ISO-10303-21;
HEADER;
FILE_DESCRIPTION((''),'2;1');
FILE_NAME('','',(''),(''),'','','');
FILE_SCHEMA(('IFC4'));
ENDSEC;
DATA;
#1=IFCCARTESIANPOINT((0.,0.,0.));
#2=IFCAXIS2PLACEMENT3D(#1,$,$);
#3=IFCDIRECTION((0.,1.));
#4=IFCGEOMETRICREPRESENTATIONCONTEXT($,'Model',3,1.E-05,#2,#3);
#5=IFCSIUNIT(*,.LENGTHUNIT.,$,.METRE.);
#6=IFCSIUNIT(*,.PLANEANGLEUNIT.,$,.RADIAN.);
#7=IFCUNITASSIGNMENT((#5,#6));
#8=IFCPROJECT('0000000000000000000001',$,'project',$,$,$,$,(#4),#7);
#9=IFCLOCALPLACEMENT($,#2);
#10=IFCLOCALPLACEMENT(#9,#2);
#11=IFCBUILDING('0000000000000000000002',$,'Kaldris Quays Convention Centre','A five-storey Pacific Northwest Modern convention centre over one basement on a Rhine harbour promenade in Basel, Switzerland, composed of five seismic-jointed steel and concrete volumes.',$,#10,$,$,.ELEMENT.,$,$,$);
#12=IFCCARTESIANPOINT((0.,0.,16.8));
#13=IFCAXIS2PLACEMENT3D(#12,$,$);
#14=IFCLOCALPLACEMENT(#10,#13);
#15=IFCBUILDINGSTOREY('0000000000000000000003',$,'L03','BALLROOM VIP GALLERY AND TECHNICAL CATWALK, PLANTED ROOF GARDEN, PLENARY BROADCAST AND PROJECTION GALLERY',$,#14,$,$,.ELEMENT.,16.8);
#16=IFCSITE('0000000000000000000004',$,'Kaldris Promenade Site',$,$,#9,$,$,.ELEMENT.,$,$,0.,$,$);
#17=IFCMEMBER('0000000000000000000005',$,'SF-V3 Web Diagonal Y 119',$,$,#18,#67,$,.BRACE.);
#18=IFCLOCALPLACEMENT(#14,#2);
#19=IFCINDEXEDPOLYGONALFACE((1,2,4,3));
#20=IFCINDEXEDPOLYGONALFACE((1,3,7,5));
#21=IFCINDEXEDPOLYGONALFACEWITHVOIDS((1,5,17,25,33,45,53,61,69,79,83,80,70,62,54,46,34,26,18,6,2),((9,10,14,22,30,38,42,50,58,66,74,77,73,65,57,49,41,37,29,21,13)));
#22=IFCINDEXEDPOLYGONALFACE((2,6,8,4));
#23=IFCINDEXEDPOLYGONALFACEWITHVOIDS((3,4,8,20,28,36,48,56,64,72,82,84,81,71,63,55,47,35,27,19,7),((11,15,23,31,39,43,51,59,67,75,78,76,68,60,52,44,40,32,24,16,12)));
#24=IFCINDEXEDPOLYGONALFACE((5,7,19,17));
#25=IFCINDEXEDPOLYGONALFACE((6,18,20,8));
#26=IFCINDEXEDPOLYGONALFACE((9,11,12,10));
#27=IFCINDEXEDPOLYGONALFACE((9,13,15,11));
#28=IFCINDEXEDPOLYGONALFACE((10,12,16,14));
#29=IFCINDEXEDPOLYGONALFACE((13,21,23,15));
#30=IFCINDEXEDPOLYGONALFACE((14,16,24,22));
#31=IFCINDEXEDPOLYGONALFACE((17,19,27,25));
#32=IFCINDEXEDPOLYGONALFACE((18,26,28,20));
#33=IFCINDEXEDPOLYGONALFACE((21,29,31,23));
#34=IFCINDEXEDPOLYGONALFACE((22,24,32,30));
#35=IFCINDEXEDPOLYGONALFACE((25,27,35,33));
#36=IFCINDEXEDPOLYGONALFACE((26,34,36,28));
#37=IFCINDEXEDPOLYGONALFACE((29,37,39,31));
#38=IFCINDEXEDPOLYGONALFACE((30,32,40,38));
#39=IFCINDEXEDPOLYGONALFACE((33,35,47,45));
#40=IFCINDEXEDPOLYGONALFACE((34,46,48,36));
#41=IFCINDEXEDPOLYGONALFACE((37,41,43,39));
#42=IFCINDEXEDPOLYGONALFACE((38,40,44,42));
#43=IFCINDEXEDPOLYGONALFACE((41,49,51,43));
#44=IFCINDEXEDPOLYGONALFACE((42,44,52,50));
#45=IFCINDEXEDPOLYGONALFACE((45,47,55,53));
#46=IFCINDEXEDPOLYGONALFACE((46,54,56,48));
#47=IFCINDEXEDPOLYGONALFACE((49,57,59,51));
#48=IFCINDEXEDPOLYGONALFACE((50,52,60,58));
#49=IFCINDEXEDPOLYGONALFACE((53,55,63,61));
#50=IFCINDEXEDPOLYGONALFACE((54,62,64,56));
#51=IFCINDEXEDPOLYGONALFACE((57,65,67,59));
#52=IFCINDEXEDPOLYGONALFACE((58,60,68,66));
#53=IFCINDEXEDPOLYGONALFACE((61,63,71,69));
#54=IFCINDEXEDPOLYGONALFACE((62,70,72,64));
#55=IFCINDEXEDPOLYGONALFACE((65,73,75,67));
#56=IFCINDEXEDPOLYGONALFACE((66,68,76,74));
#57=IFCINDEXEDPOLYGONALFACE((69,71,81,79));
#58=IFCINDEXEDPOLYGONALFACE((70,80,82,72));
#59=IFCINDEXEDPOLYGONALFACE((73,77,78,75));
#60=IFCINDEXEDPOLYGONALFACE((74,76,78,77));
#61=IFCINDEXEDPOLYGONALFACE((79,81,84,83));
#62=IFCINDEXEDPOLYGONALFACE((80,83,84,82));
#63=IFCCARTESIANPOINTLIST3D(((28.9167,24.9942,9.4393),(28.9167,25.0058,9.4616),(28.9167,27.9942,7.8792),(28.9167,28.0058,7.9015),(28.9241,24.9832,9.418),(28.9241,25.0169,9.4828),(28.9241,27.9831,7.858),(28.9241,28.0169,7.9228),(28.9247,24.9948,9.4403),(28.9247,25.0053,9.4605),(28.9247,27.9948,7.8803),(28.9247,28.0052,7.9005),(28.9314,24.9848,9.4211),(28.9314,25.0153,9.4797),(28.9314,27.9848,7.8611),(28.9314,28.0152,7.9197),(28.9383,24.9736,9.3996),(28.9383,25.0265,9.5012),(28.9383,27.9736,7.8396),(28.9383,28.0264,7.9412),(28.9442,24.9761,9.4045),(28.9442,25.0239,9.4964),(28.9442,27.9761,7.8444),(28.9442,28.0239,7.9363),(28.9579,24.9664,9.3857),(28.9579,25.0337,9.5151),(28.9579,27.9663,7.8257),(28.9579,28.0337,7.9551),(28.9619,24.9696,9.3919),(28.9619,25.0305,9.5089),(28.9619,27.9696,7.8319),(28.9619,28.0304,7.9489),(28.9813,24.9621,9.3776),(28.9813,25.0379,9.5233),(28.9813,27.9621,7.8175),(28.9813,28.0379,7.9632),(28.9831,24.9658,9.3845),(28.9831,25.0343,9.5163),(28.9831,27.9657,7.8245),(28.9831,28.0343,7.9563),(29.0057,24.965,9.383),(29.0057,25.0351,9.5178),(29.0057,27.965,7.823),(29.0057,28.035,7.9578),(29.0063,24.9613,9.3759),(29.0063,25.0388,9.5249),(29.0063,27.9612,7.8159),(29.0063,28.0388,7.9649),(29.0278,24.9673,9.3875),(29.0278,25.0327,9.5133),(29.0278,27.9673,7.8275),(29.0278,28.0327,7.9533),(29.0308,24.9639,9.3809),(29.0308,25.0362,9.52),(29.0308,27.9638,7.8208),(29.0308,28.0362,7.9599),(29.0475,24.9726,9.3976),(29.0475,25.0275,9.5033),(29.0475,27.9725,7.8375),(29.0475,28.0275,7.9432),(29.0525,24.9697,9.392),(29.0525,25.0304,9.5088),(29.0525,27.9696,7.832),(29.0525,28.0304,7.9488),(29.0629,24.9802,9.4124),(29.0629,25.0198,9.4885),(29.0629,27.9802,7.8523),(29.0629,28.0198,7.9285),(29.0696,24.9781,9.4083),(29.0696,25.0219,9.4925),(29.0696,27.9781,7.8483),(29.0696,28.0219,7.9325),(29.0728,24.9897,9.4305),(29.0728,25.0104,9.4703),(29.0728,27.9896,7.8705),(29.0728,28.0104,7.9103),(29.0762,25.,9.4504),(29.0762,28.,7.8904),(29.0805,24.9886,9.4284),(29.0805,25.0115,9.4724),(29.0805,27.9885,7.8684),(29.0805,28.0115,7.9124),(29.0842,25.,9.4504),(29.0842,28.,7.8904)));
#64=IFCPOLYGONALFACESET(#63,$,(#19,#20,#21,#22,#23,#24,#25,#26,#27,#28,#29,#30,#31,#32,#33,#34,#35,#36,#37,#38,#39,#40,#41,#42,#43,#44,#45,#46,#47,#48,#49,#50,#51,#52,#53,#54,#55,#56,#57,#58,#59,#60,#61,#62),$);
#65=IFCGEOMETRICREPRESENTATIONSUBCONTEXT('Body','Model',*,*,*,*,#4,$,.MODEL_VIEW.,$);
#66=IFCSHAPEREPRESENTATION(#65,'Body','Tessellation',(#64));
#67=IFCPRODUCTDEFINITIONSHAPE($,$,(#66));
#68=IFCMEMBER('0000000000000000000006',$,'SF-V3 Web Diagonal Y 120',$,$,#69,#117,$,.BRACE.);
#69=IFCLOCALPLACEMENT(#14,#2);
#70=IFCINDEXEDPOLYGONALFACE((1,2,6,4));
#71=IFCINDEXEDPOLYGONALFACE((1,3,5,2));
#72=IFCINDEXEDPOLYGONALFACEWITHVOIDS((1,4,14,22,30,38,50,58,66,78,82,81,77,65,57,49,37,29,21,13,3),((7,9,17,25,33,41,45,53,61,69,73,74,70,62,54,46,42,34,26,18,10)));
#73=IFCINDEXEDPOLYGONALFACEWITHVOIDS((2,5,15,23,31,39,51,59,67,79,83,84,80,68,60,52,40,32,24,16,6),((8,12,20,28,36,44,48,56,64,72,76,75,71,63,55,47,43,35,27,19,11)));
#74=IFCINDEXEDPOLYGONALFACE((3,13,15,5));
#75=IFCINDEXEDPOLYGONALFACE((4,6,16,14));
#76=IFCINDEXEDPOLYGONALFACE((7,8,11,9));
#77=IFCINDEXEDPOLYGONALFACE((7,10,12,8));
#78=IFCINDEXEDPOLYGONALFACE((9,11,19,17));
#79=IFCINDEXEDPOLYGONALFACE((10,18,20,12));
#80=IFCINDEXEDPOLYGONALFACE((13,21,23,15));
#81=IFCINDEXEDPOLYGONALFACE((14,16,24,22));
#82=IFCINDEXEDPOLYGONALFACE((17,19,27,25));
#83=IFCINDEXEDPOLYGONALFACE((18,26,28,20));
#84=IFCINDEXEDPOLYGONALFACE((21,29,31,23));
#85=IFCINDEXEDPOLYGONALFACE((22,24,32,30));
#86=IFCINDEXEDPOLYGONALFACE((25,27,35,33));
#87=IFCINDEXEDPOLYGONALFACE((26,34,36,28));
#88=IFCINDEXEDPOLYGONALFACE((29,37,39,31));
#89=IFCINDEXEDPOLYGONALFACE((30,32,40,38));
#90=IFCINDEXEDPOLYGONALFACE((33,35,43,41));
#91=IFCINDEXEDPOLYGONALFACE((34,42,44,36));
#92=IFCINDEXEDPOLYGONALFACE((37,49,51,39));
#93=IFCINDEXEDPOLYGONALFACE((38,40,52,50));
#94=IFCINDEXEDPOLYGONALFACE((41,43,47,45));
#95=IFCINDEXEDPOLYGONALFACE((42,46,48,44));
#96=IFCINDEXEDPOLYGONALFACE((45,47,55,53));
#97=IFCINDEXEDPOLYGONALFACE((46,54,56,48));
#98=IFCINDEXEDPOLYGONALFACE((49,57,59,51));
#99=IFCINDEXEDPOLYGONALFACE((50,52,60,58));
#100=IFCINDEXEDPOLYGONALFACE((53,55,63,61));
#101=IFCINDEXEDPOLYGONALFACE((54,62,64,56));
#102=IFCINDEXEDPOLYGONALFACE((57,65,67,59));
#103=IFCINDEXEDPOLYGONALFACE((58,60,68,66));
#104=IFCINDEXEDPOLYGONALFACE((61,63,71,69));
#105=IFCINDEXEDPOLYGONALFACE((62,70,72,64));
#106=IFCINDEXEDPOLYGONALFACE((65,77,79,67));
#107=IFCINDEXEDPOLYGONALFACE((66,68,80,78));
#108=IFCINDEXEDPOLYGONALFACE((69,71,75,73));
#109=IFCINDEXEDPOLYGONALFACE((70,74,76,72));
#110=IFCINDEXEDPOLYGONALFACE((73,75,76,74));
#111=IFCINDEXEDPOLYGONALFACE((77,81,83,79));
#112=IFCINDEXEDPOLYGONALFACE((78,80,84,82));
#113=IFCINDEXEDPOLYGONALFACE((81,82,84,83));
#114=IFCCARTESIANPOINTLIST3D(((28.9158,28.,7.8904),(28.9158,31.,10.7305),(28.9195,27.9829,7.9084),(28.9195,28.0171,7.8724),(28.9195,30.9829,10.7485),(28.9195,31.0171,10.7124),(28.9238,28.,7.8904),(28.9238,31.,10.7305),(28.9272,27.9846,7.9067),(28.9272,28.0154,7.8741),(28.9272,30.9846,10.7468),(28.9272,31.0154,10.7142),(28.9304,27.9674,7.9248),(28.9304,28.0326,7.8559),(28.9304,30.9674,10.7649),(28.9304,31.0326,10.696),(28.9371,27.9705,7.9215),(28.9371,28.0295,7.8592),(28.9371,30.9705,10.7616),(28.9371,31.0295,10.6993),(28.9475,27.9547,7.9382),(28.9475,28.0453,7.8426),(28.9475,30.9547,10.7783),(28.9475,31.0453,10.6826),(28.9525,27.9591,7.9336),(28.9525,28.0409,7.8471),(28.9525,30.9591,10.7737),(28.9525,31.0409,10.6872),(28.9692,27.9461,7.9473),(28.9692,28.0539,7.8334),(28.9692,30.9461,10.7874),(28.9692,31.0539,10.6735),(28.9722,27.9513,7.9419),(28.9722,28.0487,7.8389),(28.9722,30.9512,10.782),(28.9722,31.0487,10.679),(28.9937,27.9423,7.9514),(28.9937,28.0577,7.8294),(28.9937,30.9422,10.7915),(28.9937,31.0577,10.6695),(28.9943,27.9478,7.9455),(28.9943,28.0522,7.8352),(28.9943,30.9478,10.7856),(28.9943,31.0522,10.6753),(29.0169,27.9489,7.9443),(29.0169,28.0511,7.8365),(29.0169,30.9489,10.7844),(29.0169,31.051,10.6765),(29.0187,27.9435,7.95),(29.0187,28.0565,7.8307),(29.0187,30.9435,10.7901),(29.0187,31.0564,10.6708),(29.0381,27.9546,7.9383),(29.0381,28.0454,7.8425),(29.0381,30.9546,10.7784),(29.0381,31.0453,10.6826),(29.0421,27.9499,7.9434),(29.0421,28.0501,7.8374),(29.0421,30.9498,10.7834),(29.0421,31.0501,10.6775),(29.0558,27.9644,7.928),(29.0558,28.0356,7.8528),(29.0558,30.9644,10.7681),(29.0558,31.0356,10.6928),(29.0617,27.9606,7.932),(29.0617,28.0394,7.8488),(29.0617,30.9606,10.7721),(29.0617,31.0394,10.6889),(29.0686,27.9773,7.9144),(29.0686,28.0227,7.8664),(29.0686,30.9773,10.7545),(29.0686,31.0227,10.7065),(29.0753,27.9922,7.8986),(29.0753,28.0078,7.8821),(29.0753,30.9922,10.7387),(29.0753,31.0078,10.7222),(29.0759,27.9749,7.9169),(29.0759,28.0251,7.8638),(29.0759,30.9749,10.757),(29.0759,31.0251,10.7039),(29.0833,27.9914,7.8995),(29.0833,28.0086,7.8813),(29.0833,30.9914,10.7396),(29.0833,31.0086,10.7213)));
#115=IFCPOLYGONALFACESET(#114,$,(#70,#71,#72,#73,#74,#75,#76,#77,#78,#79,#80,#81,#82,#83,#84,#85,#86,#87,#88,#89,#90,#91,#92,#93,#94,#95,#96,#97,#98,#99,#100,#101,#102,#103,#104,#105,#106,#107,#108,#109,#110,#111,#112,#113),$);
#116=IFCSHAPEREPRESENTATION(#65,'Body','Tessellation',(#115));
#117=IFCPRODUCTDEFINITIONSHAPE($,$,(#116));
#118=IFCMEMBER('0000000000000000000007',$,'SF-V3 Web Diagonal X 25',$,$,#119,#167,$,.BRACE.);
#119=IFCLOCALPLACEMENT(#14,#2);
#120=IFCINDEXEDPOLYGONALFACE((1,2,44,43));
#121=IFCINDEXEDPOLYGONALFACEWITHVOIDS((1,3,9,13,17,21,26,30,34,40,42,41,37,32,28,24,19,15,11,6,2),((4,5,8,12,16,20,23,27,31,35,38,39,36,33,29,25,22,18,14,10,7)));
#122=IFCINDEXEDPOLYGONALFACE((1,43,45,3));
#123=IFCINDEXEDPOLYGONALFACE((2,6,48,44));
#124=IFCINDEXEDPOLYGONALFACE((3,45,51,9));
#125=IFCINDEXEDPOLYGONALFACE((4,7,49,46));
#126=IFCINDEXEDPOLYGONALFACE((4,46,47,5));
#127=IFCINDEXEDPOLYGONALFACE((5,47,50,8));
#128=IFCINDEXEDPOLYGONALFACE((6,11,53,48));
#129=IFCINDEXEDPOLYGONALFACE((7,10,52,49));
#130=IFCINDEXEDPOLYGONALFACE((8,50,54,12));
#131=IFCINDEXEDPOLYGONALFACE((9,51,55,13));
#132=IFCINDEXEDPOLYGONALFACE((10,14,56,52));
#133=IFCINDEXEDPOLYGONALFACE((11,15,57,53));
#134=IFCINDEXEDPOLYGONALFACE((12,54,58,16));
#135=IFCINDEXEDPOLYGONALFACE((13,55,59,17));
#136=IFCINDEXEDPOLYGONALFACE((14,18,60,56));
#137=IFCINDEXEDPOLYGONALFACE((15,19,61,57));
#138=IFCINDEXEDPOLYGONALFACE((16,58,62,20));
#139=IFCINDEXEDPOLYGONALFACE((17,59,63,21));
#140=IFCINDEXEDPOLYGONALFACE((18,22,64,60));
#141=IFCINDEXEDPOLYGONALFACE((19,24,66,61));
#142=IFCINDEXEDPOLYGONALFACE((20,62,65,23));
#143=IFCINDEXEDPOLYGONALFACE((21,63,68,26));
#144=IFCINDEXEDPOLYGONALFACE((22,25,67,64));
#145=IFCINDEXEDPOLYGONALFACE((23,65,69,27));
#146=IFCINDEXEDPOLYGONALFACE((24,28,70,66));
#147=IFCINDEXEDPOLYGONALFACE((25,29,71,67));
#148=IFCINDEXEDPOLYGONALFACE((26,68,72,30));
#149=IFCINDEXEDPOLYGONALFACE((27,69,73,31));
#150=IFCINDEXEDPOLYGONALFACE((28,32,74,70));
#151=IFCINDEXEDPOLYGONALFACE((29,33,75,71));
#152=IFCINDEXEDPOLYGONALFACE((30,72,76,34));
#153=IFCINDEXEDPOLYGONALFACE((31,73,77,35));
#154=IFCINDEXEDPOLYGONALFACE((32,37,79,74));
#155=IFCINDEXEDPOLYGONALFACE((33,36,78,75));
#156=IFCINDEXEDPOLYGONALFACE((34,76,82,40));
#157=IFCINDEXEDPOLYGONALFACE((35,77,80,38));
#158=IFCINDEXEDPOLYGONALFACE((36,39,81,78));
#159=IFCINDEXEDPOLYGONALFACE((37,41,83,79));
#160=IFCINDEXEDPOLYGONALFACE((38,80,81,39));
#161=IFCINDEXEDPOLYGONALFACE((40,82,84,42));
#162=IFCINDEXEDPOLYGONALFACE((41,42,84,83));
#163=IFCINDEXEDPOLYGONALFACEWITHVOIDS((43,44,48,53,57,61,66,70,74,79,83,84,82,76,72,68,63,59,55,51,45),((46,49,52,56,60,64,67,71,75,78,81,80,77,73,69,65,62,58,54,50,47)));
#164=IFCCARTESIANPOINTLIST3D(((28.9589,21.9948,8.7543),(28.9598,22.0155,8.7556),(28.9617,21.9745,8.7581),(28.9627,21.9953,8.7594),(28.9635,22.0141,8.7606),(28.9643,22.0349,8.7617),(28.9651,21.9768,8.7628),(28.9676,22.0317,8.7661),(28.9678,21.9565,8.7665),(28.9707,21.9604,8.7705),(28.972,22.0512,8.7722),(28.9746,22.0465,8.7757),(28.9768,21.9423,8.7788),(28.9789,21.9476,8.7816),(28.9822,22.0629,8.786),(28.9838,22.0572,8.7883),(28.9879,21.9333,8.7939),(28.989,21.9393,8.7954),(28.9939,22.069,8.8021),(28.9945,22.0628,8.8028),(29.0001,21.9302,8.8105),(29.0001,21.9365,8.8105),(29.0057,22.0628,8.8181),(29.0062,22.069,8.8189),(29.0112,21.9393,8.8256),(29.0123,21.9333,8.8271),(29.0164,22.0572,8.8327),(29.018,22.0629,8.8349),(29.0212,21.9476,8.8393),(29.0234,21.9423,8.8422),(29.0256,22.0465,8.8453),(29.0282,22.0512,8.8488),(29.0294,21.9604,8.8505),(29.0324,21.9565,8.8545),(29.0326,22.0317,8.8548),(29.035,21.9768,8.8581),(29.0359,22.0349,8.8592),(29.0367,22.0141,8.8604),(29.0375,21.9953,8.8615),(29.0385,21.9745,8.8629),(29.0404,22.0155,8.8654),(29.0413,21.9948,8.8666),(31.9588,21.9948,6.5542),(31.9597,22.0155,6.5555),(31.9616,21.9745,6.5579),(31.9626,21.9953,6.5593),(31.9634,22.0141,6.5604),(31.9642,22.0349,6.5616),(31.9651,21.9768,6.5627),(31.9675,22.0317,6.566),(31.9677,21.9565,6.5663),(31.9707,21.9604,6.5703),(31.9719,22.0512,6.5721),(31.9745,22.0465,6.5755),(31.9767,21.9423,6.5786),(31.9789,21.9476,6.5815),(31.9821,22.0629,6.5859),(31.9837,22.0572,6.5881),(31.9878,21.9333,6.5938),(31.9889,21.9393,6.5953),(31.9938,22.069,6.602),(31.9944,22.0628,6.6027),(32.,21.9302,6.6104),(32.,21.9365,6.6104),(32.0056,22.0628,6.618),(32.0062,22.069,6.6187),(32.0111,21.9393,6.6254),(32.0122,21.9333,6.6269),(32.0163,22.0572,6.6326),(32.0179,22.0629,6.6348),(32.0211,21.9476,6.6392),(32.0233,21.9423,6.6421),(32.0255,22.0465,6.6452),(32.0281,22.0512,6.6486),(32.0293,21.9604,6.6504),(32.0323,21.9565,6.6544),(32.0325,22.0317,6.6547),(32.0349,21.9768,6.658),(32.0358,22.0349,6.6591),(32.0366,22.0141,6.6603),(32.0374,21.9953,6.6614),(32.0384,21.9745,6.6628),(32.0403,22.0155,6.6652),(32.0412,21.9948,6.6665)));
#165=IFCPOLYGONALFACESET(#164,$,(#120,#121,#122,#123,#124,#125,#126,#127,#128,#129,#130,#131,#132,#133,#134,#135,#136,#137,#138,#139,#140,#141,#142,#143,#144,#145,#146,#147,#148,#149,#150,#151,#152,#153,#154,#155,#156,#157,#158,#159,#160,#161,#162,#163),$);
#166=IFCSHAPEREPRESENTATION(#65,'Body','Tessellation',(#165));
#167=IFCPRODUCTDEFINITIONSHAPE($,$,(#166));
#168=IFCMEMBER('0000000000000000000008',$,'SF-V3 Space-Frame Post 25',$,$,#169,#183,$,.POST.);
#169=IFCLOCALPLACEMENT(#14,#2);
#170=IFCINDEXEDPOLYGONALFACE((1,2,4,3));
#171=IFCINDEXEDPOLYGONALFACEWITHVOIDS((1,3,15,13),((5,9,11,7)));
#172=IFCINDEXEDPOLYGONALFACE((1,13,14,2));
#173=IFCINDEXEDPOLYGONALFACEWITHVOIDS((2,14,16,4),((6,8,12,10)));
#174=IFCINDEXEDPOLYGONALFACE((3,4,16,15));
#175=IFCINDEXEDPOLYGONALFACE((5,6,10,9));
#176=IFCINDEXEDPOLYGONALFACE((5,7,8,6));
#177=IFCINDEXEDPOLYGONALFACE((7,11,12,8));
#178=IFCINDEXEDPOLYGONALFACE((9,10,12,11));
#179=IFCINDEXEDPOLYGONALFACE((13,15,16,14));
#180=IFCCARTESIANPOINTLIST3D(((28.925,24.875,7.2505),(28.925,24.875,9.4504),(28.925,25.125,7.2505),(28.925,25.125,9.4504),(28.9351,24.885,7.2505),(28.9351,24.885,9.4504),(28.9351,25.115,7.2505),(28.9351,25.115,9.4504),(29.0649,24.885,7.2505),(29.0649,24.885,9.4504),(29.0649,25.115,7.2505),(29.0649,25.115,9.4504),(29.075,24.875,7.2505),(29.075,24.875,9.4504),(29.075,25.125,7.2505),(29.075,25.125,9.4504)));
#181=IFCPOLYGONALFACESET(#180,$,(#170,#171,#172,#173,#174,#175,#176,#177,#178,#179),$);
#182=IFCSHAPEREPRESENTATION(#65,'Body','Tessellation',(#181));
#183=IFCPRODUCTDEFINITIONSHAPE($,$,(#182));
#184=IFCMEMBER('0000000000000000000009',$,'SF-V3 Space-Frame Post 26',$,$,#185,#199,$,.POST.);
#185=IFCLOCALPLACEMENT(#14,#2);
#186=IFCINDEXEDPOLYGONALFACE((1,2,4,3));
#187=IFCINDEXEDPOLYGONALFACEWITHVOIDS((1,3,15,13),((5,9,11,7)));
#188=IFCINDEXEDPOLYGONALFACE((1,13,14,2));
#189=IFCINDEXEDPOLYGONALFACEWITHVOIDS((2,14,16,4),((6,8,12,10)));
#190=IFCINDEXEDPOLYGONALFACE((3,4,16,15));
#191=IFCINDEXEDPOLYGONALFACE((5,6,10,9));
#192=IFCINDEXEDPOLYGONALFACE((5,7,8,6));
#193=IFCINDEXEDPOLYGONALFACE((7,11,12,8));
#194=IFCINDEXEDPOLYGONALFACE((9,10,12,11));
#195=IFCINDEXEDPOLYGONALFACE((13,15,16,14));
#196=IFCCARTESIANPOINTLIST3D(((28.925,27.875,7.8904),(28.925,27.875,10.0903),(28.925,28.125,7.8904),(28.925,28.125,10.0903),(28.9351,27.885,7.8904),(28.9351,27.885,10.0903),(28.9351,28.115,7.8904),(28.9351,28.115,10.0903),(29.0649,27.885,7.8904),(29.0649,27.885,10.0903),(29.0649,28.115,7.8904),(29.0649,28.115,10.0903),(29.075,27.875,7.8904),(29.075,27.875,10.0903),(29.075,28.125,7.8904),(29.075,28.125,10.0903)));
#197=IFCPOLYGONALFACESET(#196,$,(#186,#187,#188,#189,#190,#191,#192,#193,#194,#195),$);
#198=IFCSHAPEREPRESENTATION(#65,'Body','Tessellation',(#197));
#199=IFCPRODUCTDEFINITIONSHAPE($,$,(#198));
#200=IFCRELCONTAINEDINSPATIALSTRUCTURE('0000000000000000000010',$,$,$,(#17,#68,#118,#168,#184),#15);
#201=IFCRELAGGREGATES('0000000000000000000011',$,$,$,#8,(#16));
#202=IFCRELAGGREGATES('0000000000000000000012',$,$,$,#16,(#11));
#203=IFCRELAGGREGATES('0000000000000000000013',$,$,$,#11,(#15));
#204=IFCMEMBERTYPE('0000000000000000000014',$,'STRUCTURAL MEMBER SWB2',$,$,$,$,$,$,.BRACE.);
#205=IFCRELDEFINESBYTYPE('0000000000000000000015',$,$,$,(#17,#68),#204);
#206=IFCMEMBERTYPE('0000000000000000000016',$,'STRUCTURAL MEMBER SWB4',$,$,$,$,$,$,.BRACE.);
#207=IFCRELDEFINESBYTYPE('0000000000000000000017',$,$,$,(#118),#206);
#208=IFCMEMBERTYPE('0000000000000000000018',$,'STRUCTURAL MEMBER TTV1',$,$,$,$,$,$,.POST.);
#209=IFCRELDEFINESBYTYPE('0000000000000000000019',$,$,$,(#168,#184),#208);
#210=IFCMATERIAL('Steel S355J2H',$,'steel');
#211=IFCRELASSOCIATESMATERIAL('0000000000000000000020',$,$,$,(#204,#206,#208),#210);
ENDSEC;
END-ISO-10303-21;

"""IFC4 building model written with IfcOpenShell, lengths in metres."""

from ifc_helpers import new_model, si_unit, direction, frame, origin, origin_2d, place, context, subcontext, project, spatial, hollow_rectangle, hollow_circle, extrude, material, material_profile, profile_set, type_object, element, save


model = new_model("IFC4")

# Units and contexts
model_context = context("Model", 3, precision=1e-05, world=origin(), true_north=direction((0.0, 1.0)))
body_context = subcontext(model_context, "Body", "Model", "MODEL_VIEW")
ifc_project = project(units=[si_unit("LENGTHUNIT", "METRE"), si_unit("PLANEANGLEUNIT", "RADIAN")], contexts=[model_context])

# Site, building, storey
site_placement = place(None, origin())
site = spatial("IfcSite", under=ifc_project, at=site_placement, Name="Kaldris Promenade Site", CompositionType="ELEMENT", RefElevation=0.0)
building_placement = place(site_placement, origin())
building = spatial("IfcBuilding", under=site, at=building_placement, Name="Kaldris Quays Convention Centre", Description="A five-storey Pacific Northwest Modern convention centre over one basement on a Rhine harbour promenade in Basel, Switzerland, composed of five seismic-jointed steel and concrete volumes.", CompositionType="ELEMENT")
storey_placement = place(building_placement, frame((0.0, 0.0, 16.8)))
storey = spatial("IfcBuildingStorey", under=building, at=storey_placement, Name="L03", Description="BALLROOM VIP GALLERY AND TECHNICAL CATWALK, PLANTED ROOF GARDEN, PLENARY BROADCAST AND PROJECTION GALLERY", CompositionType="ELEMENT", Elevation=16.8)

# Members
ifc_material_1 = material(Name="Steel S355J2H", Category="steel")
ifc_material_profile_1 = material_profile(ifc_material_1, hollow_circle(Radius=0.0842, WallThickness=0.0081, at=origin_2d()), Name="CHS 168.3x8")
ifc_profile_set_1 = profile_set([ifc_material_profile_1], Name="Steel S355J2H")
member_type_1 = type_object("IfcMemberType", Name="STRUCTURAL MEMBER SWB2", PredefinedType="BRACE", material=ifc_profile_set_1)
member_1_placement = place(storey_placement, frame((29.0, 28.0, 7.8904), z_axis=(0.0, -0.88721, 0.461366), x_axis=(1.0, 0.0, 0.0)))
element("IfcMember", 1, at=member_1_placement, inside=storey, type_object=member_type_1, Name="SF-V3 Web Diagonal Y 119", PredefinedType="BRACE", context=body_context, shape_type="SweptSolid", body=[
    extrude(hollow_circle(Radius=0.0842, WallThickness=0.0081, at=origin_2d()), origin(), (0.0, 0.0, 1.0), 3.3813),
])
member_2_placement = place(storey_placement, frame((29.0, 28.0, 7.8904), z_axis=(0.0, 0.726196, 0.687487), x_axis=(-1.0, 0.0, 0.0)))
element("IfcMember", 2, at=member_2_placement, inside=storey, type_object=member_type_1, Name="SF-V3 Web Diagonal Y 120", PredefinedType="BRACE", context=body_context, shape_type="SweptSolid", body=[
    extrude(hollow_circle(Radius=0.0842, WallThickness=0.0081, at=origin_2d()), origin(), (0.0, 0.0, 1.0), 4.1311),
])
ifc_material_profile_2 = material_profile(ifc_material_1, hollow_circle(Radius=0.0698, WallThickness=0.0063, at=origin_2d()), Name="CHS 139.7x6.3")
ifc_profile_set_2 = profile_set([ifc_material_profile_2], Name="Steel S355J2H")
member_type_2 = type_object("IfcMemberType", Name="STRUCTURAL MEMBER SWB4", PredefinedType="BRACE", material=ifc_profile_set_2)
member_3_placement = place(storey_placement, frame((32.0, 22.0, 6.6104), z_axis=(-0.80638, 0.0, 0.591398), x_axis=(0.0, -1.0, 0.0)))
element("IfcMember", 3, at=member_3_placement, inside=storey, type_object=member_type_2, Name="SF-V3 Web Diagonal X 25", PredefinedType="BRACE", context=body_context, shape_type="SweptSolid", body=[
    extrude(hollow_circle(Radius=0.0698, WallThickness=0.0063, at=origin_2d()), origin(), (0.0, 0.0, 1.0), 3.7202),
])
ifc_material_profile_3 = material_profile(ifc_material_1, hollow_rectangle(XDim=0.1499, YDim=0.25, WallThickness=0.01, at=origin_2d()), Name="RHS 250x150x10")
ifc_profile_set_3 = profile_set([ifc_material_profile_3], Name="Steel S355J2H")
member_type_3 = type_object("IfcMemberType", Name="STRUCTURAL MEMBER TTV1", PredefinedType="POST", material=ifc_profile_set_3)
for number, where, z_axis, x_axis, name in (
    (4, (29.0, 25.0, 7.2505), (0.0, 0.0, 1.0), (1.0, 0.0, 0.0), "SF-V3 Space-Frame Post 25"),
    (5, (29.0, 28.0, 7.8904), (0.0, 0.0, 1.0), (1.0, 0.0, 0.0), "SF-V3 Space-Frame Post 26"),
):
    element("IfcMember", number, at=place(storey_placement, frame(where, z_axis=z_axis, x_axis=x_axis)), inside=storey, type_object=member_type_3, Name=name, PredefinedType="POST", context=body_context, shape_type="SweptSolid", body=[
        extrude(hollow_rectangle(XDim=0.1499, YDim=0.25, WallThickness=0.01, at=origin_2d()), origin(), (0.0, 0.0, 1.0), 2.2),
    ])

save(model, "model.ifc")
